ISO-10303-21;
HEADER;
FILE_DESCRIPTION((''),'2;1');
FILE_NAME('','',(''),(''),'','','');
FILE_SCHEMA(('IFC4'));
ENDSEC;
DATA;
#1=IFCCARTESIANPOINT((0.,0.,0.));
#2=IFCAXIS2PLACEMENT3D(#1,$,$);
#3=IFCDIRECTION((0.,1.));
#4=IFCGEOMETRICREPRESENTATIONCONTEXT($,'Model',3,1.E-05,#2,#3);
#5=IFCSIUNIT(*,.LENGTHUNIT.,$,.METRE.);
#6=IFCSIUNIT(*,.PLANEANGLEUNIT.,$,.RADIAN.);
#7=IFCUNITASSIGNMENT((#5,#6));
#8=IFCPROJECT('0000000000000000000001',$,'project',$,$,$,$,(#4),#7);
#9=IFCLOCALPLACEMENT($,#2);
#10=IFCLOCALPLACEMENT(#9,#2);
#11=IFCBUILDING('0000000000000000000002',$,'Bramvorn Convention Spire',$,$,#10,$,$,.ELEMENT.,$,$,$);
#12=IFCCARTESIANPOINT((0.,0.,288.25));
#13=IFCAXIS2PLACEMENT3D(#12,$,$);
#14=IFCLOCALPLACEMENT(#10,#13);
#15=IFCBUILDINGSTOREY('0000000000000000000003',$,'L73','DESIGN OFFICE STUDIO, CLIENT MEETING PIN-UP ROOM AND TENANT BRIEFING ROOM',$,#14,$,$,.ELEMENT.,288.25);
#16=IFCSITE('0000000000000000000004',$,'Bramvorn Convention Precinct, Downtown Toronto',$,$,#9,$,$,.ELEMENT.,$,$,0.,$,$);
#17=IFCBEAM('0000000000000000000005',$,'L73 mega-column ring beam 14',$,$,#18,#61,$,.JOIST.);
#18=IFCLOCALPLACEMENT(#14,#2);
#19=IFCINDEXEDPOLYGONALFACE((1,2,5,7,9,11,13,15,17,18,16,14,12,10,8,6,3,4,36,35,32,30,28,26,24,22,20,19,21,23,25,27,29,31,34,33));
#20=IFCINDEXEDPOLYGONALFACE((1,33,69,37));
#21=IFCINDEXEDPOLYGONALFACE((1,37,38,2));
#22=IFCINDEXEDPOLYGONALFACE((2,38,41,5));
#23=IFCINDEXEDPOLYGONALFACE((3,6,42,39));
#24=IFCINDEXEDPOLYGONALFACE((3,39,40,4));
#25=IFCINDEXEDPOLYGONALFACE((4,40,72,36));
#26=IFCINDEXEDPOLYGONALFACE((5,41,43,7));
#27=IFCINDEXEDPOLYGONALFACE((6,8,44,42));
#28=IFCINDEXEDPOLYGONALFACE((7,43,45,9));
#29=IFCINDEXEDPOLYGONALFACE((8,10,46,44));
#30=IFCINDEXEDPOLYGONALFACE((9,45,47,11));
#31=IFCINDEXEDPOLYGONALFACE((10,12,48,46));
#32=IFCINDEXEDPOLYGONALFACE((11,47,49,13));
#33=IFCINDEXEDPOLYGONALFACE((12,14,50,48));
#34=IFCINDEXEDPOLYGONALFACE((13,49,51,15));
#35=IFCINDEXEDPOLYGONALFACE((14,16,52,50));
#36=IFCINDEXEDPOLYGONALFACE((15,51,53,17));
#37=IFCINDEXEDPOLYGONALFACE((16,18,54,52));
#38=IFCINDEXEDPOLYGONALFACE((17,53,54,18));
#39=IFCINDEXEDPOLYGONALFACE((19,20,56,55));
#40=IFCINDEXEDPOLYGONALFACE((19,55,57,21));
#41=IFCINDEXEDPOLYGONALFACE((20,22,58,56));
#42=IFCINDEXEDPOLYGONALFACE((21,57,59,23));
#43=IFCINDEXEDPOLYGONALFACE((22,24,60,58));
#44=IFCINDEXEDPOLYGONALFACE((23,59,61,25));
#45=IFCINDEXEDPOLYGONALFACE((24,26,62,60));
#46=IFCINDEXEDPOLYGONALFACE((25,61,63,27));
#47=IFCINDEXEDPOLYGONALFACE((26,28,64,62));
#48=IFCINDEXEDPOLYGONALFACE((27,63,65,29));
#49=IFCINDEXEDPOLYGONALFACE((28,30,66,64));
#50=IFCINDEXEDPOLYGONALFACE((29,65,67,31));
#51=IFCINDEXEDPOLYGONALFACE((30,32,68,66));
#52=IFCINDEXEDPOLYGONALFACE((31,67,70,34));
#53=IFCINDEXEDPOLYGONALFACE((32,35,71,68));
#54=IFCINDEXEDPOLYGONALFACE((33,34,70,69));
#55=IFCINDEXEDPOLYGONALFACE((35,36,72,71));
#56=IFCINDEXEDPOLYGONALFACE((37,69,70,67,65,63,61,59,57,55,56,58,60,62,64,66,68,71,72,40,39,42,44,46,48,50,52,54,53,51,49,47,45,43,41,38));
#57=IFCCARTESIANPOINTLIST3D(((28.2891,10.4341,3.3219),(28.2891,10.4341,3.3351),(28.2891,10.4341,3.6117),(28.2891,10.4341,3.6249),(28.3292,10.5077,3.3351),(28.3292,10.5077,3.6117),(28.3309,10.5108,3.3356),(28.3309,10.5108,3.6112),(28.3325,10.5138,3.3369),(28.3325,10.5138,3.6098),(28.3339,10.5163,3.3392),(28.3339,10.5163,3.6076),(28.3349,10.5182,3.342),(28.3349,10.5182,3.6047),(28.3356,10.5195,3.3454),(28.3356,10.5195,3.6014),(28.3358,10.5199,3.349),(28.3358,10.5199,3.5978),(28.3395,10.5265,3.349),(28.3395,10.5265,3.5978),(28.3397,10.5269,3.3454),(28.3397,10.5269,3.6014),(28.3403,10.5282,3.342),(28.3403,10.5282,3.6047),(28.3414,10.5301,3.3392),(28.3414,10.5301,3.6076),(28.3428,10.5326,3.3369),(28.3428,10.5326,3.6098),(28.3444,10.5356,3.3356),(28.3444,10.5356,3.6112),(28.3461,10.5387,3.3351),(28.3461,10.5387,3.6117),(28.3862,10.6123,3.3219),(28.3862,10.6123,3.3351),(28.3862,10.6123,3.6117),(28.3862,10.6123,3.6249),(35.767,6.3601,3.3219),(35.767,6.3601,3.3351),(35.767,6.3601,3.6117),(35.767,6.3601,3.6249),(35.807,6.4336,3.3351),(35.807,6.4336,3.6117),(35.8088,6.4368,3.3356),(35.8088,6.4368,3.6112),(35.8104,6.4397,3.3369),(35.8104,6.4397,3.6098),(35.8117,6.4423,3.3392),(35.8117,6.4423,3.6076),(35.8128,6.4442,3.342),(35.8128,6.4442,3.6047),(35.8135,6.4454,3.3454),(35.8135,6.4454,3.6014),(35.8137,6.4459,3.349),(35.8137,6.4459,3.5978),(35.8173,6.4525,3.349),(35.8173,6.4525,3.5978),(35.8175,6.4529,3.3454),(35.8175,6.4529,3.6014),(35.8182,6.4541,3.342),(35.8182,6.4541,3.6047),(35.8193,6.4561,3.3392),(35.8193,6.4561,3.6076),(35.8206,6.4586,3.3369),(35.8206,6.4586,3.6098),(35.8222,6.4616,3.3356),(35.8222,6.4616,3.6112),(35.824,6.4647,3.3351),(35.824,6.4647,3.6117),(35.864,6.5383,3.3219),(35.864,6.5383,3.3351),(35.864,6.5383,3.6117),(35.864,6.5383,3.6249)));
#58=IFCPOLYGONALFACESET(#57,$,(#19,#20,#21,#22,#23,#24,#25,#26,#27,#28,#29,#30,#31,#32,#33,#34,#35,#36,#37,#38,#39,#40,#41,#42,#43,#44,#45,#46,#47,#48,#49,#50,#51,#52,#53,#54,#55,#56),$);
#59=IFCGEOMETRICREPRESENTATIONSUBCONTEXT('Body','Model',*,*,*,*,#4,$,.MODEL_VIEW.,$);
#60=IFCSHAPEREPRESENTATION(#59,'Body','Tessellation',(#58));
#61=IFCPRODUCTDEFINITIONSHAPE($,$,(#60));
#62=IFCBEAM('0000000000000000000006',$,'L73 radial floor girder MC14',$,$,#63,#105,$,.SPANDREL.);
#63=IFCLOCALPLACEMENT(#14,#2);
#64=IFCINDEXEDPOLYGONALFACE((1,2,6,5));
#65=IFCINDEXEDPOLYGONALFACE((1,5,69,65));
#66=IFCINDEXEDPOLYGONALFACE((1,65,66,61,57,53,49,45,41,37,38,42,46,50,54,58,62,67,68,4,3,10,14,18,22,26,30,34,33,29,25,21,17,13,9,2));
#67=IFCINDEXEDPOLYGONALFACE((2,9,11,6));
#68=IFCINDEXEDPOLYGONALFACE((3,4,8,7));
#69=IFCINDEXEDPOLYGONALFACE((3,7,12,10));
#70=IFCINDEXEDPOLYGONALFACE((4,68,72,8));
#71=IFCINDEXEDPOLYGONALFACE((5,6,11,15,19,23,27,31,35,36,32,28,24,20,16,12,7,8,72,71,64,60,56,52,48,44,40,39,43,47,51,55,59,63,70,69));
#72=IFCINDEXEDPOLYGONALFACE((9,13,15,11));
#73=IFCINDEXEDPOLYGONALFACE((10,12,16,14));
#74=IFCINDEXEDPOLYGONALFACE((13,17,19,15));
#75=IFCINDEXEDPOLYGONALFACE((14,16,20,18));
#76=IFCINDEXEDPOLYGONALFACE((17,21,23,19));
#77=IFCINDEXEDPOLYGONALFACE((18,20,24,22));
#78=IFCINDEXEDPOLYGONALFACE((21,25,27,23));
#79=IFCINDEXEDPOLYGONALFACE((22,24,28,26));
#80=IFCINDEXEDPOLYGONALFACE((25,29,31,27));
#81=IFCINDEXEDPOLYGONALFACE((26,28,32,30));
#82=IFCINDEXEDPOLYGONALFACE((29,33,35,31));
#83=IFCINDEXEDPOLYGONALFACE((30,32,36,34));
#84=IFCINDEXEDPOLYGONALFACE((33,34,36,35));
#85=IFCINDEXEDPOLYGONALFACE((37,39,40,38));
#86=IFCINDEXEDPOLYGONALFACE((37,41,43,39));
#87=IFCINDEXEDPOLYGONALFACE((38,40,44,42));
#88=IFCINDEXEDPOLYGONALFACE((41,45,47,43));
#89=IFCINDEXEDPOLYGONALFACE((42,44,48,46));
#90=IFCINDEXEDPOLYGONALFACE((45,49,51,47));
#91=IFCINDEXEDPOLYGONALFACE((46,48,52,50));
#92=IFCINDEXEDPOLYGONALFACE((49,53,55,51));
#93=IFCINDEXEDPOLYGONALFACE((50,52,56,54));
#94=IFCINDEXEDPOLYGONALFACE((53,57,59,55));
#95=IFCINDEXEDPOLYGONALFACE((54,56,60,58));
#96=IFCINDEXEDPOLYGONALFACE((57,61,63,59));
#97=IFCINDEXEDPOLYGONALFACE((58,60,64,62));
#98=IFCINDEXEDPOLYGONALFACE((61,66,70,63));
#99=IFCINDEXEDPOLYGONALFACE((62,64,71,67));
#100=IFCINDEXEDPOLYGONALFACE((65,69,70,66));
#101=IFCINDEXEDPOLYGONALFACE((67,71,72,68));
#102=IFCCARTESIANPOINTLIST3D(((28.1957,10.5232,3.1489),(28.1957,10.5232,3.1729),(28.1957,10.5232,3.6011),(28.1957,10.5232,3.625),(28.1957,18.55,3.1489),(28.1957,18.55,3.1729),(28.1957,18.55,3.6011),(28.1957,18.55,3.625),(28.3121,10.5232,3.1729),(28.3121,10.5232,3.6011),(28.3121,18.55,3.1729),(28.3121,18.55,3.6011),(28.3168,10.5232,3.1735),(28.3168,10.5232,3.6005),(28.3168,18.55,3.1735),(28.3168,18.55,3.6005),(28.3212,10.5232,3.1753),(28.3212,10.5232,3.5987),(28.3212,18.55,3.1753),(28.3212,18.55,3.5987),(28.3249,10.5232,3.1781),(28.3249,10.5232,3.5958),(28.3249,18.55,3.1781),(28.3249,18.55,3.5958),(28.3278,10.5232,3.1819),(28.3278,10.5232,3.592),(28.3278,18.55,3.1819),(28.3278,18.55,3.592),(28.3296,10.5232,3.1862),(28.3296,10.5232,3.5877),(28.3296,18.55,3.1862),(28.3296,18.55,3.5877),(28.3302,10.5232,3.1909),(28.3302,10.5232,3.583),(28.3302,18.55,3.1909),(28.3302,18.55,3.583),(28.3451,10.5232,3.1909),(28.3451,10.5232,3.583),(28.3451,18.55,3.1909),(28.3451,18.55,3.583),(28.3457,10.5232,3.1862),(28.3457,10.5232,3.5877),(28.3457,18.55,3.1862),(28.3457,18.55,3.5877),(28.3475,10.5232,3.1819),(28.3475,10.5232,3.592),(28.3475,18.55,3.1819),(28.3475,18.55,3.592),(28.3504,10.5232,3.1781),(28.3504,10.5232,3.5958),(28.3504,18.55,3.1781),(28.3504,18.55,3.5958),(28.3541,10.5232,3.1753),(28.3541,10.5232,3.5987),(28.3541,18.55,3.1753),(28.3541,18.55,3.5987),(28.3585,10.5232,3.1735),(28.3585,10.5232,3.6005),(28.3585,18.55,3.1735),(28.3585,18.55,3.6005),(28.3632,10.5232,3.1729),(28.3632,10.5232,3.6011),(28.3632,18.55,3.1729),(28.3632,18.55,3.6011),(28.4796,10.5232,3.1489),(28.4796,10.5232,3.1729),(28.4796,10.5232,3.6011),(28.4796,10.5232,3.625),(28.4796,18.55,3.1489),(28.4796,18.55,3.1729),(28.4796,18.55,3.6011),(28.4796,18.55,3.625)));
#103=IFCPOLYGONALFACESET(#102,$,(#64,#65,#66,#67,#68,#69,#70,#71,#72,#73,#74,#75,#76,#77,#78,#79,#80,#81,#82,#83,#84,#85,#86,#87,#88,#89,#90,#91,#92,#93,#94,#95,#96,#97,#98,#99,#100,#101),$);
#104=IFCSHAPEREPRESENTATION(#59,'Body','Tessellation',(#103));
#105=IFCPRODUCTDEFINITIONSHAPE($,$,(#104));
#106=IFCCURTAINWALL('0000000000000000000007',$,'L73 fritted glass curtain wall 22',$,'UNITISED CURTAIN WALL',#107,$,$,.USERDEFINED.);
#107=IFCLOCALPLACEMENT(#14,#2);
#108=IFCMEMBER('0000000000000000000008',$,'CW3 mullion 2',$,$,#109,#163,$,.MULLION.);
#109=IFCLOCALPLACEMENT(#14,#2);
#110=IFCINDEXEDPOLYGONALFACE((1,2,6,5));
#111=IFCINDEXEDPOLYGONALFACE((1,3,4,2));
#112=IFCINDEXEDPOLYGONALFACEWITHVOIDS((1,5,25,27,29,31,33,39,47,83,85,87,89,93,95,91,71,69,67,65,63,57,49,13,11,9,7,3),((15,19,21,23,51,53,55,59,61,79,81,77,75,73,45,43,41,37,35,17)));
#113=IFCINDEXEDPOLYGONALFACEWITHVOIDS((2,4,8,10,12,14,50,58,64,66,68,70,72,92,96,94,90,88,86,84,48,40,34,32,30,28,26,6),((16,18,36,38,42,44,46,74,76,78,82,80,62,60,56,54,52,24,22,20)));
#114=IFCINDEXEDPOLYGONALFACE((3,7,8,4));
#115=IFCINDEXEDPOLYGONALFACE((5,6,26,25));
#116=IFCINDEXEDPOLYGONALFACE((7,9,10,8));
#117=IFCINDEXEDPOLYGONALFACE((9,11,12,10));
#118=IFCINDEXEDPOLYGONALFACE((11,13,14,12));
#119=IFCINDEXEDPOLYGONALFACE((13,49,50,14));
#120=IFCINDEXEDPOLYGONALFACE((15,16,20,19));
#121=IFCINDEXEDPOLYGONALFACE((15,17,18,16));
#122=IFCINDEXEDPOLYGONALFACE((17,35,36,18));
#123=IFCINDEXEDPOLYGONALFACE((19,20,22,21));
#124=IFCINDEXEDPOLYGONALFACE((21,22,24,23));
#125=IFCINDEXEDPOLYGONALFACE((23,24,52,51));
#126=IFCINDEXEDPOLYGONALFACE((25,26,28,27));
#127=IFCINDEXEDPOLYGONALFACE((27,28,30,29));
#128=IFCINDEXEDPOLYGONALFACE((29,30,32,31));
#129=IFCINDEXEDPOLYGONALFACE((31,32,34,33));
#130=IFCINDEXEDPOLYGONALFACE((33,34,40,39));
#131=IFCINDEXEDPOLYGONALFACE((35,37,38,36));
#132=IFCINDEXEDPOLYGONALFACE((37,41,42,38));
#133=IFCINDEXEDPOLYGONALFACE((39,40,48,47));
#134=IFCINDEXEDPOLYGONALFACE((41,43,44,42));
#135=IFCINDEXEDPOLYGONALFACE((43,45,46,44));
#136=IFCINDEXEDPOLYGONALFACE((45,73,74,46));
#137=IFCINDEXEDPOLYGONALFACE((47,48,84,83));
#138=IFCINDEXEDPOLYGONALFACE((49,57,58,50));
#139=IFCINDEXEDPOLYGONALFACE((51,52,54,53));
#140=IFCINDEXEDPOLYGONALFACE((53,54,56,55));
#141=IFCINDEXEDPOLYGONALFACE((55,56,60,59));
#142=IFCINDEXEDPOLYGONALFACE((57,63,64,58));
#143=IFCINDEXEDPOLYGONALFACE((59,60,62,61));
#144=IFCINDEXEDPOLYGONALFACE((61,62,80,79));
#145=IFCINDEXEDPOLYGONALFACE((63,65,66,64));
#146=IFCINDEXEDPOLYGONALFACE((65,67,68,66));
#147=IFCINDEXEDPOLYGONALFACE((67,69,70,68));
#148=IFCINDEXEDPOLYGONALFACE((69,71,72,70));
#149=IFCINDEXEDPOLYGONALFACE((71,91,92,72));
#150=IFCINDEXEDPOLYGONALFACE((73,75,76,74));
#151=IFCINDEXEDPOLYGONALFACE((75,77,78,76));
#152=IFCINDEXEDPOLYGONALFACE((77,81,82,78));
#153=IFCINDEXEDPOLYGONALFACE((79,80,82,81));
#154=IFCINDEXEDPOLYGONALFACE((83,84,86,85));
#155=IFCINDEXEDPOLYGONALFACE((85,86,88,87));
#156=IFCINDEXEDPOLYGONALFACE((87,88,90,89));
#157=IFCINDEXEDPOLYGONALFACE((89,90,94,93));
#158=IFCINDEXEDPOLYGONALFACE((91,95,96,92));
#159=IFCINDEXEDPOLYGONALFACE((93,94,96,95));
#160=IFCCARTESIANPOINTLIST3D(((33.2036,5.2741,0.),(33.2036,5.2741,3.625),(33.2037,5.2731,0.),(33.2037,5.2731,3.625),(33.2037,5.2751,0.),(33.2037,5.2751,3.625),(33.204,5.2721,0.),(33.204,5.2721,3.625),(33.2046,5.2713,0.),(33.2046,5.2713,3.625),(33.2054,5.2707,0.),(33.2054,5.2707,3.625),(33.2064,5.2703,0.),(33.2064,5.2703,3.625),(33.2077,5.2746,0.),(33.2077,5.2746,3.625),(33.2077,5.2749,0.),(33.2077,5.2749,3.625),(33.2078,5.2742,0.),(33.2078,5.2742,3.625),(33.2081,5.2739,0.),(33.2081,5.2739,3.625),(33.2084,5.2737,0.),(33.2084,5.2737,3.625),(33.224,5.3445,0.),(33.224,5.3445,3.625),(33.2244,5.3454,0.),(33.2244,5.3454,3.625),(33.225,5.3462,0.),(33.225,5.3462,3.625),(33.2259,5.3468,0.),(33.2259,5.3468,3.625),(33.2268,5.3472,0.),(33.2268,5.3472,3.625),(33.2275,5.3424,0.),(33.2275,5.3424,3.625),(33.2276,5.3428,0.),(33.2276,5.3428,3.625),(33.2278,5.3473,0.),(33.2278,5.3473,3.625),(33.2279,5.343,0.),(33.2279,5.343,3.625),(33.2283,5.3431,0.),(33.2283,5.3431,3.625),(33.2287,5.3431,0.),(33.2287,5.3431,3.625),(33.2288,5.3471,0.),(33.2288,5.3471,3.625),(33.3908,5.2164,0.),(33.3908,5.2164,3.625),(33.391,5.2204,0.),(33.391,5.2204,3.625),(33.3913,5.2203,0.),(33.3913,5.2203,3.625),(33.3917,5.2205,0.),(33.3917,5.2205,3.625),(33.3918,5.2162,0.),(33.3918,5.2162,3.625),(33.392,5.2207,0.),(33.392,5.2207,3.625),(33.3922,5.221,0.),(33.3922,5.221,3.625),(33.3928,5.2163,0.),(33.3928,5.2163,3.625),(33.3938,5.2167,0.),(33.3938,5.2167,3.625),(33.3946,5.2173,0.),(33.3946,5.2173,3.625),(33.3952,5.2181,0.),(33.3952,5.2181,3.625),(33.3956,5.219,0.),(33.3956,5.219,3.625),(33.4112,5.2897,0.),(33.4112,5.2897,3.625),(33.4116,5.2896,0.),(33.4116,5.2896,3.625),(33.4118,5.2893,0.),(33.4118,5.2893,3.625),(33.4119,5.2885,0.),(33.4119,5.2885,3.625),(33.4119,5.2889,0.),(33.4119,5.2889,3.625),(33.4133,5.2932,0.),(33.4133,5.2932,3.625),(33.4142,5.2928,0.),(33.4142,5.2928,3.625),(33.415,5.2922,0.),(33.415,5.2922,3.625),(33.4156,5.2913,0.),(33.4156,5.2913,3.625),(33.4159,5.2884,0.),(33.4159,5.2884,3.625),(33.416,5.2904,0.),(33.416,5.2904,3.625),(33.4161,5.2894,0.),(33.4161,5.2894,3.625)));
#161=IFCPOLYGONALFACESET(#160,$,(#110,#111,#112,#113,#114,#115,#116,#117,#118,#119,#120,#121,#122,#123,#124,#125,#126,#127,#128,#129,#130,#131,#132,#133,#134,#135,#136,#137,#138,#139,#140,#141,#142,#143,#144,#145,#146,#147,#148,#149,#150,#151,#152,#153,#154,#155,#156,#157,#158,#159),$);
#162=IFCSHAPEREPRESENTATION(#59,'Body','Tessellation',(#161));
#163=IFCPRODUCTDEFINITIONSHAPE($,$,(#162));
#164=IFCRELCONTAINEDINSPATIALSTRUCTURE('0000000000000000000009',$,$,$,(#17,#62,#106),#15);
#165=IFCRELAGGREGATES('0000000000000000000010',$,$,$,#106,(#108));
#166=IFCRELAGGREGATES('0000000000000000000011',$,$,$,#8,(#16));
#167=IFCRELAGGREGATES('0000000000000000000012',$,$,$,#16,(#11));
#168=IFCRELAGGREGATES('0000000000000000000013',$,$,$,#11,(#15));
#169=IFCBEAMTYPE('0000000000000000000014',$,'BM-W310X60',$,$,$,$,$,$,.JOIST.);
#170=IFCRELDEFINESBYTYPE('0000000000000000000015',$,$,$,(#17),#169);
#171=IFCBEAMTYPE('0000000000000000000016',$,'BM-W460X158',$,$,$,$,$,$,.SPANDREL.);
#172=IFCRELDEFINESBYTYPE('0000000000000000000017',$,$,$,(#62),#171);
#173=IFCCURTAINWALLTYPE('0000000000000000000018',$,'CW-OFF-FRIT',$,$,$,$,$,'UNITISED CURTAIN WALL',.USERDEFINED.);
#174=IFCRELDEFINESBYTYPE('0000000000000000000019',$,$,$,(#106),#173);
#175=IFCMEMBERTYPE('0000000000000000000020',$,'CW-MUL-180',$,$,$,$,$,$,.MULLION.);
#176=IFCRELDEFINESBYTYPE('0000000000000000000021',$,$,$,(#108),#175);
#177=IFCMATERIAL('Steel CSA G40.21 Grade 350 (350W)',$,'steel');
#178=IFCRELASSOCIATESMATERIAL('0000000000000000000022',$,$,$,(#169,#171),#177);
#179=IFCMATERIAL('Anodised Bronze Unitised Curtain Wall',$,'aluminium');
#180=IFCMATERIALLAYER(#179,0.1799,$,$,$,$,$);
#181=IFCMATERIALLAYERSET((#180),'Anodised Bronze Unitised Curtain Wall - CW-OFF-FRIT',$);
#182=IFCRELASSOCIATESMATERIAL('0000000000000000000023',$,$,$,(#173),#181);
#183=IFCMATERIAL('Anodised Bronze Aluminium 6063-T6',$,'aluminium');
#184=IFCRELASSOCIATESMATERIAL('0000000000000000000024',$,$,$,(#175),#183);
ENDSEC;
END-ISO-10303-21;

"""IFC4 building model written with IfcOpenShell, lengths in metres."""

from ifc_helpers import new_model, si_unit, direction, frame, origin, origin_2d, place, context, subcontext, project, spatial, hollow_rectangle, i_section, extrude, material, layer, layer_set, material_profile, profile_set, type_object, element, aggregate, save


model = new_model("IFC4")

# Units and contexts
model_context = context("Model", 3, precision=1e-05, world=origin(), true_north=direction((0.0, 1.0)))
body_context = subcontext(model_context, "Body", "Model", "MODEL_VIEW")
ifc_project = project(units=[si_unit("LENGTHUNIT", "METRE"), si_unit("PLANEANGLEUNIT", "RADIAN")], contexts=[model_context])

# Site, building, storey
site_placement = place(None, origin())
site = spatial("IfcSite", under=ifc_project, at=site_placement, Name="Bramvorn Convention Precinct, Downtown Toronto", CompositionType="ELEMENT", RefElevation=0.0)
building_placement = place(site_placement, origin())
building = spatial("IfcBuilding", under=site, at=building_placement, Name="Bramvorn Convention Spire", CompositionType="ELEMENT")
storey_placement = place(building_placement, frame((0.0, 0.0, 288.25)))
storey = spatial("IfcBuildingStorey", under=building, at=storey_placement, Name="L73", Description="DESIGN OFFICE STUDIO, CLIENT MEETING PIN-UP ROOM AND TENANT BRIEFING ROOM", CompositionType="ELEMENT", Elevation=288.25)

# Shared definitions
ifc_material_1 = material(Name="Steel CSA G40.21 Grade 350 (350W)", Category="steel")

# Beams
ifc_material_profile_1 = material_profile(ifc_material_1, i_section(OverallWidth=0.2029, OverallDepth=0.303, WebThickness=0.0076, FlangeThickness=0.0132, FilletRadius=0.0139, at=origin_2d()))
ifc_profile_set_1 = profile_set([ifc_material_profile_1], Name="Steel CSA G40.21 Grade 350 (350W) - W310X60")
beam_type_1 = type_object("IfcBeamType", Name="BM-W310X60", PredefinedType="JOIST", material=ifc_profile_set_1)
beam_1_placement = place(storey_placement, frame((28.3376, 10.5232, 3.4734), z_axis=(0.878133, -0.478416, 0.0), x_axis=(0.478416, 0.878133, 0.0)))
element("IfcBeam", 1, at=beam_1_placement, inside=storey, type_object=beam_type_1, Name="L73 mega-column ring beam 14", PredefinedType="JOIST", context=body_context, shape_type="SweptSolid", body=[
    extrude(i_section(OverallWidth=0.2029, OverallDepth=0.303, WebThickness=0.0076, FlangeThickness=0.0132, FilletRadius=0.0139, at=origin_2d()), origin(), (0.0, 0.0, 1.0), 8.5156),
])
ifc_material_profile_2 = material_profile(ifc_material_1, i_section(OverallWidth=0.2839, OverallDepth=0.4761, WebThickness=0.0149, FlangeThickness=0.0239, FilletRadius=0.0181, at=origin_2d()))
ifc_profile_set_2 = profile_set([ifc_material_profile_2], Name="Steel CSA G40.21 Grade 350 (350W) - W460X158")
beam_type_2 = type_object("IfcBeamType", Name="BM-W460X158", PredefinedType="SPANDREL", material=ifc_profile_set_2)
beam_2_placement = place(storey_placement, frame((28.3376, 18.55, 3.387), z_axis=(0.0, -1.0, 0.0), x_axis=(1.0, 0.0, 0.0)))
element("IfcBeam", 2, at=beam_2_placement, inside=storey, type_object=beam_type_2, Name="L73 radial floor girder MC14", PredefinedType="SPANDREL", context=body_context, shape_type="SweptSolid", body=[
    extrude(i_section(OverallWidth=0.2839, OverallDepth=0.4761, WebThickness=0.0149, FlangeThickness=0.0239, FilletRadius=0.0181, at=origin_2d()), origin(), (0.0, 0.0, 1.0), 8.0269),
])

# Curtain wall, member
ifc_material_2 = material(Name="Anodised Bronze Unitised Curtain Wall", Category="aluminium")
ifc_layer_1 = layer(ifc_material_2, 0.1799)
ifc_layer_set_1 = layer_set([ifc_layer_1], Name="Anodised Bronze Unitised Curtain Wall - CW-OFF-FRIT")
curtain_wall_type = type_object("IfcCurtainWallType", Name="CW-OFF-FRIT", ElementType="UNITISED CURTAIN WALL", PredefinedType="USERDEFINED", material=ifc_layer_set_1)
curtain_wall_placement = place(storey_placement, origin())
curtain_wall = element("IfcCurtainWall", 3, at=curtain_wall_placement, inside=storey, type_object=curtain_wall_type, Name="L73 fritted glass curtain wall 22", ObjectType="UNITISED CURTAIN WALL", PredefinedType="USERDEFINED")
ifc_material_3 = material(Name="Anodised Bronze Aluminium 6063-T6", Category="aluminium")
ifc_material_profile_3 = material_profile(ifc_material_3, hollow_rectangle(XDim=0.0801, YDim=0.2, WallThickness=0.0039, InnerFilletRadius=0.001, OuterFilletRadius=0.0039, at=origin_2d()))
ifc_profile_set_3 = profile_set([ifc_material_profile_3], Name="Anodised Bronze Aluminium 6063-T6 - CWM80X200")
member_type_1 = type_object("IfcMemberType", Name="CW-MUL-180", PredefinedType="MULLION", material=ifc_profile_set_3)
member_1_placement = place(storey_placement, frame((33.3098, 5.2817, 0.0), z_axis=(0.0, 0.0, 1.0), x_axis=(-0.28056, -0.959836, 0.0)))
member_1 = element("IfcMember", 4, at=member_1_placement, type_object=member_type_1, Name="CW3 mullion 2", PredefinedType="MULLION", context=body_context, shape_type="SweptSolid", body=[
    extrude(hollow_rectangle(XDim=0.0801, YDim=0.2, WallThickness=0.0039, InnerFilletRadius=0.001, OuterFilletRadius=0.0039, at=origin_2d()), origin(), (0.0, 0.0, 1.0), 3.625),
])
aggregate(curtain_wall, [member_1])

save(model, "model.ifc")
